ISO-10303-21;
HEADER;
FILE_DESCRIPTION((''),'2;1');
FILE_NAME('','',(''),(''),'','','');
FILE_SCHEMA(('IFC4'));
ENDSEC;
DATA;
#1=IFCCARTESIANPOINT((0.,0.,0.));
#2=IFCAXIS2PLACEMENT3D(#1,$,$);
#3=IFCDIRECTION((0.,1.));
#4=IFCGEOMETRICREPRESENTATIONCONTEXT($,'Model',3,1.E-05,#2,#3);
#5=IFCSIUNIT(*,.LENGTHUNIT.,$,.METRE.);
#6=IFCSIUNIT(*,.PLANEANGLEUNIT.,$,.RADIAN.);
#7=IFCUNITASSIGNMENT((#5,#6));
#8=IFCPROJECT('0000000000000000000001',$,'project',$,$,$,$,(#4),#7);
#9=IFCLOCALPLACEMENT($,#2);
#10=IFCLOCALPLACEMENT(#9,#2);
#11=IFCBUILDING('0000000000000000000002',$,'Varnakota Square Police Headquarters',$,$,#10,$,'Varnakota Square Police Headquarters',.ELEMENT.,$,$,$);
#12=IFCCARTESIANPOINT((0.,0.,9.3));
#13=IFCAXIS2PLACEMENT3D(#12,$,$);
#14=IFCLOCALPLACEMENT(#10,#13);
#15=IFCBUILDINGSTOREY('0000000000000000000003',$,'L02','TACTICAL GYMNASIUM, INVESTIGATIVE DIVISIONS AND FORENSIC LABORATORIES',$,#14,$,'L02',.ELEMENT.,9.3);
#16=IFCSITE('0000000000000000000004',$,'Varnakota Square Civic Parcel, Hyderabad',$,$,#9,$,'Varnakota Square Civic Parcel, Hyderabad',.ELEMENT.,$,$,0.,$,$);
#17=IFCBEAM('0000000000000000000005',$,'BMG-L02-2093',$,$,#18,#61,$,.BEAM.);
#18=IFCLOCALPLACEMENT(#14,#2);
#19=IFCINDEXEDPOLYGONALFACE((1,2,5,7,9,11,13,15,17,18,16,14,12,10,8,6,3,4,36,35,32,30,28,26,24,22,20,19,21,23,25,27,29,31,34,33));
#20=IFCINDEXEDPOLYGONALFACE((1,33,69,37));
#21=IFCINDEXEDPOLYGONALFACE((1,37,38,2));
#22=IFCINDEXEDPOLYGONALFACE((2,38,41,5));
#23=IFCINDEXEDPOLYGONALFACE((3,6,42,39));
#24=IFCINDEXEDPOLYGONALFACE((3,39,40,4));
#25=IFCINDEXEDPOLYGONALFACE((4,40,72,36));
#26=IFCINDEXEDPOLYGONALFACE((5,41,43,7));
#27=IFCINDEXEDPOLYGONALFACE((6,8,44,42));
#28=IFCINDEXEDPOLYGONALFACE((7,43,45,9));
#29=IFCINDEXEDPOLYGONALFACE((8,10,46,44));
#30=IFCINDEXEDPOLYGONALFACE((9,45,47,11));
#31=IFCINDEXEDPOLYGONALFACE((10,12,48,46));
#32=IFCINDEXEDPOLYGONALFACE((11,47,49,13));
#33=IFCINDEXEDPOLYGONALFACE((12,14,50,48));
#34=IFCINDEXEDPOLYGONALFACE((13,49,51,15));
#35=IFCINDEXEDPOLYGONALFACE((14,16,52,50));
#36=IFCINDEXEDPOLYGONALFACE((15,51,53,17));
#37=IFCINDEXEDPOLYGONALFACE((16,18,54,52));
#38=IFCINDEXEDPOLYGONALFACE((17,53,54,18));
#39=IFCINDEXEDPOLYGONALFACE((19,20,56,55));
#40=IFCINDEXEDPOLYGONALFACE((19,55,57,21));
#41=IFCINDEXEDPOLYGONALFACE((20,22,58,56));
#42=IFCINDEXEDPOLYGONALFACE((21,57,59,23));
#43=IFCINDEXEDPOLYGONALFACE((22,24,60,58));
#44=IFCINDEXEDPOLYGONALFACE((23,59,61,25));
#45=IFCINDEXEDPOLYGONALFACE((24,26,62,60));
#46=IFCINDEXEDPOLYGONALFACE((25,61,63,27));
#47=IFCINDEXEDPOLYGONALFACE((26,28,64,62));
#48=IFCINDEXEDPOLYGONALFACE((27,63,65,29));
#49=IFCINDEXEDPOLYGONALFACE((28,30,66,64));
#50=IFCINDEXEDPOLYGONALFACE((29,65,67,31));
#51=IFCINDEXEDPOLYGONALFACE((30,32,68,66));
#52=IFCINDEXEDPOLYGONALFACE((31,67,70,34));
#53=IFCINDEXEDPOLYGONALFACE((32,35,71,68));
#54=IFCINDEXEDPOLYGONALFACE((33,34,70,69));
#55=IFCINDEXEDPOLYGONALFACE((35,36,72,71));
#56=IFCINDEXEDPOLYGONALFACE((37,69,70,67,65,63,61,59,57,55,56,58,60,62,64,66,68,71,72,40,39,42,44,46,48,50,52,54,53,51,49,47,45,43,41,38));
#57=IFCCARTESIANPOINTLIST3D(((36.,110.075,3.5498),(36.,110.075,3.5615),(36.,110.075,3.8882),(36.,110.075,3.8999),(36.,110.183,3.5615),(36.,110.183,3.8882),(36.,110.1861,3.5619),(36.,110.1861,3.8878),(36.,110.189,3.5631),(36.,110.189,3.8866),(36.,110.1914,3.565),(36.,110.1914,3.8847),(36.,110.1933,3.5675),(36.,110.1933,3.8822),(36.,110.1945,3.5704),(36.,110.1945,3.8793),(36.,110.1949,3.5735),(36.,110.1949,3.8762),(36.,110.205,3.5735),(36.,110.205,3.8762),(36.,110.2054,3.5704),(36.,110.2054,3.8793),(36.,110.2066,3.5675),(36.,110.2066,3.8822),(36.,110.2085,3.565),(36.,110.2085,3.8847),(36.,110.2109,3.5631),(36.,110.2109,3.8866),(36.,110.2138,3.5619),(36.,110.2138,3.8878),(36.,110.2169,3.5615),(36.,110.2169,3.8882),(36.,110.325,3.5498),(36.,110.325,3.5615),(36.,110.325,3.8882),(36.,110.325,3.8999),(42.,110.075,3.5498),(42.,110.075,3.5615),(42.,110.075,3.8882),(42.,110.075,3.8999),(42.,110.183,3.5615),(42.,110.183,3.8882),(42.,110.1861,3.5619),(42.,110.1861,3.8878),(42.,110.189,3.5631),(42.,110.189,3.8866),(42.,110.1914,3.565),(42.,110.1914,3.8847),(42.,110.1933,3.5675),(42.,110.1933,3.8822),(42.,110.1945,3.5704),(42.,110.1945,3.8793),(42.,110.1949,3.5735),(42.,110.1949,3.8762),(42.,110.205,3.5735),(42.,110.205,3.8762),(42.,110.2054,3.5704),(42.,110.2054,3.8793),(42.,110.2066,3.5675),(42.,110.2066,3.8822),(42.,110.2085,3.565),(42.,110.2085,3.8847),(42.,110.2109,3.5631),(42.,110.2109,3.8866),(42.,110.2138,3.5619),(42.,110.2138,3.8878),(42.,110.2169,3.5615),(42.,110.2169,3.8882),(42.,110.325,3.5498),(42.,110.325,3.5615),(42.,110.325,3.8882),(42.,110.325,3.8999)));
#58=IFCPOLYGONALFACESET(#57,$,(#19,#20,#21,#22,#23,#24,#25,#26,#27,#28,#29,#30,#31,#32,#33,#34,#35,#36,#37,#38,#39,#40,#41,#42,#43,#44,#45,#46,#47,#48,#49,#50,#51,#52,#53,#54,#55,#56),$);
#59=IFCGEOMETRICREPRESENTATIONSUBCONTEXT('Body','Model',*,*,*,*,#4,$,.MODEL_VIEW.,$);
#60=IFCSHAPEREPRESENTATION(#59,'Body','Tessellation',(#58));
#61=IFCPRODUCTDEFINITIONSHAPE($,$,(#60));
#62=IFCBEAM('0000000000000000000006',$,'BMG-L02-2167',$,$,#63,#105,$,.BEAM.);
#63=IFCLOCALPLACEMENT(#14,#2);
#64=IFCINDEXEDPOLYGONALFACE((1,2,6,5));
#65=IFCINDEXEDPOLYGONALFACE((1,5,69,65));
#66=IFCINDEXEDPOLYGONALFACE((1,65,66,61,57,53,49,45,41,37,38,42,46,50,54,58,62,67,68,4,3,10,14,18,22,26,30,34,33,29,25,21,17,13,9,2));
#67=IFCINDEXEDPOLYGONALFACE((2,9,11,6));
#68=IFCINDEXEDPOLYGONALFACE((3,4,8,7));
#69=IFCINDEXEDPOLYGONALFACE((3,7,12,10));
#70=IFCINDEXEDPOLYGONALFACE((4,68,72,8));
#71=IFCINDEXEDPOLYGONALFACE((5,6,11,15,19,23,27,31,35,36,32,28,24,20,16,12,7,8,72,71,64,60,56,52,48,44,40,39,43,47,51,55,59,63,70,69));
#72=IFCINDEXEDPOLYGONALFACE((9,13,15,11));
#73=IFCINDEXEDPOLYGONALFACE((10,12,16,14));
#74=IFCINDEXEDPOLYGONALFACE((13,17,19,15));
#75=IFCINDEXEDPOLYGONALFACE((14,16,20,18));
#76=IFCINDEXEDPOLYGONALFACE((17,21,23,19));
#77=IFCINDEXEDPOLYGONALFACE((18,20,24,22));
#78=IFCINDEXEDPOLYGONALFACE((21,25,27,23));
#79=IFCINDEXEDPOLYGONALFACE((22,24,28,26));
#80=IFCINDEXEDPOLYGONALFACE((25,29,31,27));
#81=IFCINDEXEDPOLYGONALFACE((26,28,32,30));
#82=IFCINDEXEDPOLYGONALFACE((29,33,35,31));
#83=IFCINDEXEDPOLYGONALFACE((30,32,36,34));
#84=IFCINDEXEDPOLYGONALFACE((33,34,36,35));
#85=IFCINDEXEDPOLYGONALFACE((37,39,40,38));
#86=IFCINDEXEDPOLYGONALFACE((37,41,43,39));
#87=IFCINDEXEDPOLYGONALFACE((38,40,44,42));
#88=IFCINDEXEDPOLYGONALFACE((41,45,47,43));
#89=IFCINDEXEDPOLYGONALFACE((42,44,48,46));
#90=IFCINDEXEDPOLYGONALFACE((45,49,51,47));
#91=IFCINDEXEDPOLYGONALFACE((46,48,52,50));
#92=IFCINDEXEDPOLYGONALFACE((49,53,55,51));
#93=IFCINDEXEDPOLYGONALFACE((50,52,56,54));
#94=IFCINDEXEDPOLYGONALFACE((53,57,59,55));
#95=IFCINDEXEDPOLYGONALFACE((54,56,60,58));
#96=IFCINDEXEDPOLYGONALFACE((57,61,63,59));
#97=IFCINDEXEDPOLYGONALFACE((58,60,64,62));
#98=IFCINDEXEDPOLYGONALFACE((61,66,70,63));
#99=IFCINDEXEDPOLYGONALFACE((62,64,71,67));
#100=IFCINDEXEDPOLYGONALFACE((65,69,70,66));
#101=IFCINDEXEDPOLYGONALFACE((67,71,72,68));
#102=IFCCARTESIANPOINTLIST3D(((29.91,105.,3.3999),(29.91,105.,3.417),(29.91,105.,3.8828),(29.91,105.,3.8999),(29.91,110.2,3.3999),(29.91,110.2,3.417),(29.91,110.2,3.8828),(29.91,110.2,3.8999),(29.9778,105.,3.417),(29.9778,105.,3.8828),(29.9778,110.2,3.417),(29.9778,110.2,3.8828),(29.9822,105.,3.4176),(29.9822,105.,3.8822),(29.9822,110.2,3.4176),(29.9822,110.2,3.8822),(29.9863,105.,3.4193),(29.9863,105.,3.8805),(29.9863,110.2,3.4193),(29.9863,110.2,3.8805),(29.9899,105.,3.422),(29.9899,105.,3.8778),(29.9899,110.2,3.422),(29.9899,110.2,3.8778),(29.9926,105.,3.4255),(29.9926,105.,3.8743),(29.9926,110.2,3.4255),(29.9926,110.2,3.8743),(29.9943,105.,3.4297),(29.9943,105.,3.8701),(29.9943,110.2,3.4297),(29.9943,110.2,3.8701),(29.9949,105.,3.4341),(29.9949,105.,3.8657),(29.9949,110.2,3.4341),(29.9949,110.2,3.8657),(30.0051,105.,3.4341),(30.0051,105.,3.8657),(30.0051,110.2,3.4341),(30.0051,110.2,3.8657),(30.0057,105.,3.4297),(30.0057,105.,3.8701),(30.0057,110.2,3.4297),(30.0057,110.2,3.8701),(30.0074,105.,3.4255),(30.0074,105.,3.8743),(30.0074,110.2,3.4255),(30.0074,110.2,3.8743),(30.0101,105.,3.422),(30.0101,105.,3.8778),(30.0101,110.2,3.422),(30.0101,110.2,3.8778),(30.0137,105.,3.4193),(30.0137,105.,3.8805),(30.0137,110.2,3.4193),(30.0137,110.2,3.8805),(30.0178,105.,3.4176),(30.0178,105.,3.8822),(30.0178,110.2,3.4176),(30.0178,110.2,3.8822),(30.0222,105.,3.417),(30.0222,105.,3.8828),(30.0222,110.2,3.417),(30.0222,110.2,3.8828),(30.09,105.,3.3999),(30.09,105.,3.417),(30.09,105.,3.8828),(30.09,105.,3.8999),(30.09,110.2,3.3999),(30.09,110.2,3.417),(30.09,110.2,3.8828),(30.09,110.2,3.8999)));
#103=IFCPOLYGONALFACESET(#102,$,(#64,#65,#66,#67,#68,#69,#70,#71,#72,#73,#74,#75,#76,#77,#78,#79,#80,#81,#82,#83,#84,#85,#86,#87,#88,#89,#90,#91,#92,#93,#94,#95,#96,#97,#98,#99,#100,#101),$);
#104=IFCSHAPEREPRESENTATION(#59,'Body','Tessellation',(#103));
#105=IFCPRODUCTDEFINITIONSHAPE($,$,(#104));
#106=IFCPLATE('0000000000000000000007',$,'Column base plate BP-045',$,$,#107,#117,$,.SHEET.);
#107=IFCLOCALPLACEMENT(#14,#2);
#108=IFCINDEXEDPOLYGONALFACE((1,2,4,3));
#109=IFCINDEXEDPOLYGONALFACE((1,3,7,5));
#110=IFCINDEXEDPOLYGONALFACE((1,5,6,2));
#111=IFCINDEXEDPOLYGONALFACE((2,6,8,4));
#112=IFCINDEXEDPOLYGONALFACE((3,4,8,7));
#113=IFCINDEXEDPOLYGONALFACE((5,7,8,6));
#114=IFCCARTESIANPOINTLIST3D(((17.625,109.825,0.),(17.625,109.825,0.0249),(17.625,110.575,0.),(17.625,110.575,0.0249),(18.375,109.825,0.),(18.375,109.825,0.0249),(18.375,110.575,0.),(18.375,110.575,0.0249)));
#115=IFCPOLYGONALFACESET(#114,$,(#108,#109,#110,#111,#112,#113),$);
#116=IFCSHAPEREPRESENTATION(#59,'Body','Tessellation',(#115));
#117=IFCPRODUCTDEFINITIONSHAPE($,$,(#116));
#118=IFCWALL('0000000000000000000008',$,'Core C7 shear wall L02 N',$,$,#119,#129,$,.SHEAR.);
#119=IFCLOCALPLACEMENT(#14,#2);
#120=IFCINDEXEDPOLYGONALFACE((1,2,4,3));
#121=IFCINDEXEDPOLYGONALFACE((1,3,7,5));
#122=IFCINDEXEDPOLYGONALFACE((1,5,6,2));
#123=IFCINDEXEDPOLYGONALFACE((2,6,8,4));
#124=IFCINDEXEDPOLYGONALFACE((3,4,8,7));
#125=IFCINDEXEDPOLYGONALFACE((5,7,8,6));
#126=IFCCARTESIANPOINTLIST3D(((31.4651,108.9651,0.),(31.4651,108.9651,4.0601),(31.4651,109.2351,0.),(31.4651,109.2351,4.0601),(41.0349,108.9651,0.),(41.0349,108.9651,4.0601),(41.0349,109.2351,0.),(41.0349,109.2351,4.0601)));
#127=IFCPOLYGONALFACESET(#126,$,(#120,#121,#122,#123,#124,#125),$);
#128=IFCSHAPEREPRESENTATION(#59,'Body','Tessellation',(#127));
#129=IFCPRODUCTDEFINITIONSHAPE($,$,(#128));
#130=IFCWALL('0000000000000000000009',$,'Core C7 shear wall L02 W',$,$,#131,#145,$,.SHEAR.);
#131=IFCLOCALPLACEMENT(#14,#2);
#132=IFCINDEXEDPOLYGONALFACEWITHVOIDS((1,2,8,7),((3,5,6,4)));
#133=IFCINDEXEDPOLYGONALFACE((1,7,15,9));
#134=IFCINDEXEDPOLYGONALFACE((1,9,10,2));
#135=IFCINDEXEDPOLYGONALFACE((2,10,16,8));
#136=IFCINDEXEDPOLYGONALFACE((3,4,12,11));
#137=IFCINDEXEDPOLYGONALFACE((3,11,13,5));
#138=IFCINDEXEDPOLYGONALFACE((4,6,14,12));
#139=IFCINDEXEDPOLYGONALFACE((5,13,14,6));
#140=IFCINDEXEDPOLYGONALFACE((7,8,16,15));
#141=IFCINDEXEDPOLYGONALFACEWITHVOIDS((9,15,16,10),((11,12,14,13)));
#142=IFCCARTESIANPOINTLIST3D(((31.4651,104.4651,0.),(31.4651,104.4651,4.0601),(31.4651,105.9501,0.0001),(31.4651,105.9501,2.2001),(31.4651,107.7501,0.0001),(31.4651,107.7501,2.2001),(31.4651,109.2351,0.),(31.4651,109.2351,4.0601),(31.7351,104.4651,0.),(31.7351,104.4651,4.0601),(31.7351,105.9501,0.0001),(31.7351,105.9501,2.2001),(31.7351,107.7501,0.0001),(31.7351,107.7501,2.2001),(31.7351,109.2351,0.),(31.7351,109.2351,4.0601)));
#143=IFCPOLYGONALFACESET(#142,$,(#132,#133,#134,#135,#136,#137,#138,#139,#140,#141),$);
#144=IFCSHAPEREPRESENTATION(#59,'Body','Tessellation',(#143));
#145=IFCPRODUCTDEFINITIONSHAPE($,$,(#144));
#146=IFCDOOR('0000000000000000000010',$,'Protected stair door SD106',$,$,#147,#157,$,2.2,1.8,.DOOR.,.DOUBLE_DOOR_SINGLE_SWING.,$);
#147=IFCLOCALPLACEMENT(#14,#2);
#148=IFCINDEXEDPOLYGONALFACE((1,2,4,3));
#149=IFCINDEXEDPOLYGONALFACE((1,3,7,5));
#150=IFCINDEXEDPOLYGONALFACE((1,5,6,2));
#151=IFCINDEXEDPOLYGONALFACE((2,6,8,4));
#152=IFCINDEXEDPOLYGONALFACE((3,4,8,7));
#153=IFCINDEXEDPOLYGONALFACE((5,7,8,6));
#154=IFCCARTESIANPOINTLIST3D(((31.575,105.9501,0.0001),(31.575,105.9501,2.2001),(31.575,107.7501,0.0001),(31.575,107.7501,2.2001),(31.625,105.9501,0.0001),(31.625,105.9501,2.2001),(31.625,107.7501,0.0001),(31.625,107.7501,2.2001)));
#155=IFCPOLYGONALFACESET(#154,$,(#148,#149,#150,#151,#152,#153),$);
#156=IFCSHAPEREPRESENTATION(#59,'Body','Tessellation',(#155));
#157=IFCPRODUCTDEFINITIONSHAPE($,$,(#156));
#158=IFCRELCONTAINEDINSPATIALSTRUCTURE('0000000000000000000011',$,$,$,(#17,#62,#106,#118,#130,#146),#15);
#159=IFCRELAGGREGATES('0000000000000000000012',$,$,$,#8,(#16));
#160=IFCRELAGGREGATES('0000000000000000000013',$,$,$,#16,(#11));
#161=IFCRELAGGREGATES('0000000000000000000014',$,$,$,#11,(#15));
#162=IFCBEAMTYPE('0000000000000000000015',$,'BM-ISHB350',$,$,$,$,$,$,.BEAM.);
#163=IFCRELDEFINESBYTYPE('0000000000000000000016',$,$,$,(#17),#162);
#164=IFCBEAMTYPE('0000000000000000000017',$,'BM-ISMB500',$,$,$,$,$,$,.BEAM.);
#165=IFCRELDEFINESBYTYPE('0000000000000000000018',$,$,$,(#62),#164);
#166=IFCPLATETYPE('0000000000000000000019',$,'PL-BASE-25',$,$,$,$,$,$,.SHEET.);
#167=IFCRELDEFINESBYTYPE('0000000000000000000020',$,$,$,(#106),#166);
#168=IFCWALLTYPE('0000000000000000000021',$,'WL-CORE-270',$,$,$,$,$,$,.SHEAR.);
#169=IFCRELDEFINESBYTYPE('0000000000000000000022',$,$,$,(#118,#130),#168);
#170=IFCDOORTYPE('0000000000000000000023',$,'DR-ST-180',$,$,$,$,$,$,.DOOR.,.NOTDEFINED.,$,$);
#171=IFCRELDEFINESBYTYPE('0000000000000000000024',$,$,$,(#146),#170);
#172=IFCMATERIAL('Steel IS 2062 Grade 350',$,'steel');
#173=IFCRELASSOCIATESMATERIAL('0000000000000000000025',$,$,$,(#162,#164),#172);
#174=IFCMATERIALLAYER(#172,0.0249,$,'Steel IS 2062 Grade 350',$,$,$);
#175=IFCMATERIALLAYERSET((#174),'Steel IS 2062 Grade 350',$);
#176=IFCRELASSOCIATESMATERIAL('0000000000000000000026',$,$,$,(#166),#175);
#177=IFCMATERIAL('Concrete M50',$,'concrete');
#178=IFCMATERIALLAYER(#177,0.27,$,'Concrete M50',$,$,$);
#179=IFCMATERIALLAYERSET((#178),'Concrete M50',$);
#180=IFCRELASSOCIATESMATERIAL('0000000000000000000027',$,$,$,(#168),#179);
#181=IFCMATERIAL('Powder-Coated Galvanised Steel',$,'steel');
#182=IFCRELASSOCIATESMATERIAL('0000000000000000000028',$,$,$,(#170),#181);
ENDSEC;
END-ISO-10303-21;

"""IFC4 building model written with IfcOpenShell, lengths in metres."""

from ifc_helpers import new_model, si_unit, direction, frame, frame_2d, origin, origin_2d, place, context, subcontext, project, spatial, rectangle, i_section, extrude, material, layer, layer_set, material_profile, profile_set, type_object, element, fill, save


model = new_model("IFC4")

# Units and contexts
model_context = context("Model", 3, precision=1e-05, world=origin(), true_north=direction((0.0, 1.0)))
body_context = subcontext(model_context, "Body", "Model", "MODEL_VIEW")
ifc_project = project(units=[si_unit("LENGTHUNIT", "METRE"), si_unit("PLANEANGLEUNIT", "RADIAN")], contexts=[model_context])

# Site, building, storey
site_placement = place(None, origin())
site = spatial("IfcSite", under=ifc_project, at=site_placement, Name="Varnakota Square Civic Parcel, Hyderabad", LongName="Varnakota Square Civic Parcel, Hyderabad", CompositionType="ELEMENT", RefElevation=0.0)
building_placement = place(site_placement, origin())
building = spatial("IfcBuilding", under=site, at=building_placement, Name="Varnakota Square Police Headquarters", LongName="Varnakota Square Police Headquarters", CompositionType="ELEMENT")
storey_placement = place(building_placement, frame((0.0, 0.0, 9.3)))
storey = spatial("IfcBuildingStorey", under=building, at=storey_placement, Name="L02", Description="TACTICAL GYMNASIUM, INVESTIGATIVE DIVISIONS AND FORENSIC LABORATORIES", LongName="L02", CompositionType="ELEMENT", Elevation=9.3)

# Shared definitions
ifc_material_1 = material(Name="Steel IS 2062 Grade 350", Category="steel")

# Beams
ifc_material_profile_1 = material_profile(ifc_material_1, i_section(OverallWidth=0.25, OverallDepth=0.3501, WebThickness=0.01, FlangeThickness=0.0117, FilletRadius=0.012, at=origin_2d()), Name="ISHB 350")
ifc_profile_set_1 = profile_set([ifc_material_profile_1], Name="Steel IS 2062 Grade 350")
beam_type_1 = type_object("IfcBeamType", Name="BM-ISHB350", PredefinedType="BEAM", material=ifc_profile_set_1)
beam_1_placement = place(storey_placement, frame((36.0, 110.2, 3.7249), z_axis=(1.0, 0.0, 0.0), x_axis=(0.0, 1.0, 0.0)))
element("IfcBeam", 1, at=beam_1_placement, inside=storey, type_object=beam_type_1, Name="BMG-L02-2093", PredefinedType="BEAM", context=body_context, shape_type="SweptSolid", body=[
    extrude(i_section(OverallWidth=0.25, OverallDepth=0.3501, WebThickness=0.01, FlangeThickness=0.0117, FilletRadius=0.012, at=origin_2d()), origin(), (0.0, 0.0, 1.0), 6.0),
])
ifc_material_profile_2 = material_profile(ifc_material_1, i_section(OverallWidth=0.1799, OverallDepth=0.5, WebThickness=0.0103, FlangeThickness=0.0171, FilletRadius=0.0171, at=origin_2d()), Name="ISMB 500")
ifc_profile_set_2 = profile_set([ifc_material_profile_2], Name="Steel IS 2062 Grade 350")
beam_type_2 = type_object("IfcBeamType", Name="BM-ISMB500", PredefinedType="BEAM", material=ifc_profile_set_2)
beam_2_placement = place(storey_placement, frame((30.0, 105.0, 3.6499), z_axis=(0.0, 1.0, 0.0), x_axis=(-1.0, 0.0, 0.0)))
element("IfcBeam", 2, at=beam_2_placement, inside=storey, type_object=beam_type_2, Name="BMG-L02-2167", PredefinedType="BEAM", context=body_context, shape_type="SweptSolid", body=[
    extrude(i_section(OverallWidth=0.1799, OverallDepth=0.5, WebThickness=0.0103, FlangeThickness=0.0171, FilletRadius=0.0171, at=origin_2d()), origin(), (0.0, 0.0, 1.0), 5.2),
])

# Plate
ifc_layer_1 = layer(ifc_material_1, 0.0249, Name="Steel IS 2062 Grade 350")
ifc_layer_set_1 = layer_set([ifc_layer_1], Name="Steel IS 2062 Grade 350")
plate_type = type_object("IfcPlateType", Name="PL-BASE-25", PredefinedType="SHEET", material=ifc_layer_set_1)
plate_placement = place(storey_placement, frame((18.0, 110.2, 0.0), z_axis=(0.0, 0.0, 1.0), x_axis=(1.0, 0.0, 0.0)))
element("IfcPlate", 3, at=plate_placement, inside=storey, type_object=plate_type, Name="Column base plate BP-045", PredefinedType="SHEET", context=body_context, shape_type="SweptSolid", body=[
    extrude(rectangle(XDim=0.75, YDim=0.75, at=origin_2d()), origin(), (0.0, 0.0, 1.0), 0.0249),
])

# Wall
ifc_material_2 = material(Name="Concrete M50", Category="concrete")
ifc_layer_2 = layer(ifc_material_2, 0.27, Name="Concrete M50")
ifc_layer_set_2 = layer_set([ifc_layer_2], Name="Concrete M50")
wall_type_1 = type_object("IfcWallType", Name="WL-CORE-270", PredefinedType="SHEAR", material=ifc_layer_set_2)
wall_1_placement = place(storey_placement, frame((41.0349, 109.1001, 0.0), z_axis=(0.0, 0.0, 1.0), x_axis=(-1.0, 0.0, 0.0)))
element("IfcWall", 4, at=wall_1_placement, inside=storey, type_object=wall_type_1, Name="Core C7 shear wall L02 N", PredefinedType="SHEAR", context=body_context, shape_type="SweptSolid", body=[
    extrude(rectangle(XDim=9.5698, YDim=0.27, at=frame_2d((4.7849, 0.0))), origin(), (0.0, 0.0, 1.0), 4.0601),
])

# Wall, opening, door
wall_2_placement = place(storey_placement, frame((31.6001, 109.2351, 0.0), z_axis=(0.0, 0.0, 1.0), x_axis=(0.0, -1.0, 0.0)))
wall_2 = element("IfcWall", 5, at=wall_2_placement, inside=storey, type_object=wall_type_1, Name="Core C7 shear wall L02 W", PredefinedType="SHEAR", context=body_context, shape_type="SweptSolid", body=[
    extrude(rectangle(XDim=4.77, YDim=0.27, at=frame_2d((2.385, 0.0))), origin(), (0.0, 0.0, 1.0), 4.0601),
])
opening_1_placement = place(wall_2_placement, frame((1.4851, 0.0, 0.0)))
opening_1 = element("IfcOpeningElement", 6, at=opening_1_placement, cuts=wall_2, PredefinedType="OPENING", context=body_context, shape_type="SweptSolid", body=[
    extrude(rectangle(XDim=1.8, YDim=2.2, at=frame_2d((0.8999, 1.1001))), frame((0.0, 0.145, 0.0), z_axis=(0.0, -1.0, 0.0), x_axis=(1.0, 0.0, 0.0)), (0.0, 0.0, 1.0), 0.29),
])
ifc_material_3 = material(Name="Powder-Coated Galvanised Steel", Category="steel")
door_type = type_object("IfcDoorType", Name="DR-ST-180", OperationType="NOTDEFINED", PredefinedType="DOOR", material=ifc_material_3)
door_placement = place(opening_1_placement, origin())
door = element("IfcDoor", 7, at=door_placement, inside=storey, type_object=door_type, Name="Protected stair door SD106", OperationType="DOUBLE_DOOR_SINGLE_SWING", OverallHeight=2.2, OverallWidth=1.8, PredefinedType="DOOR", context=body_context, shape_type="SweptSolid", body=[
    extrude(rectangle(XDim=1.8, YDim=2.2, at=frame_2d((0.8999, 1.1001))), frame((0.0, 0.0249, 0.0), z_axis=(0.0, -1.0, 0.0), x_axis=(1.0, 0.0, 0.0)), (0.0, 0.0, 1.0), 0.05),
])
fill(opening_1, door)

save(model, "model.ifc")
